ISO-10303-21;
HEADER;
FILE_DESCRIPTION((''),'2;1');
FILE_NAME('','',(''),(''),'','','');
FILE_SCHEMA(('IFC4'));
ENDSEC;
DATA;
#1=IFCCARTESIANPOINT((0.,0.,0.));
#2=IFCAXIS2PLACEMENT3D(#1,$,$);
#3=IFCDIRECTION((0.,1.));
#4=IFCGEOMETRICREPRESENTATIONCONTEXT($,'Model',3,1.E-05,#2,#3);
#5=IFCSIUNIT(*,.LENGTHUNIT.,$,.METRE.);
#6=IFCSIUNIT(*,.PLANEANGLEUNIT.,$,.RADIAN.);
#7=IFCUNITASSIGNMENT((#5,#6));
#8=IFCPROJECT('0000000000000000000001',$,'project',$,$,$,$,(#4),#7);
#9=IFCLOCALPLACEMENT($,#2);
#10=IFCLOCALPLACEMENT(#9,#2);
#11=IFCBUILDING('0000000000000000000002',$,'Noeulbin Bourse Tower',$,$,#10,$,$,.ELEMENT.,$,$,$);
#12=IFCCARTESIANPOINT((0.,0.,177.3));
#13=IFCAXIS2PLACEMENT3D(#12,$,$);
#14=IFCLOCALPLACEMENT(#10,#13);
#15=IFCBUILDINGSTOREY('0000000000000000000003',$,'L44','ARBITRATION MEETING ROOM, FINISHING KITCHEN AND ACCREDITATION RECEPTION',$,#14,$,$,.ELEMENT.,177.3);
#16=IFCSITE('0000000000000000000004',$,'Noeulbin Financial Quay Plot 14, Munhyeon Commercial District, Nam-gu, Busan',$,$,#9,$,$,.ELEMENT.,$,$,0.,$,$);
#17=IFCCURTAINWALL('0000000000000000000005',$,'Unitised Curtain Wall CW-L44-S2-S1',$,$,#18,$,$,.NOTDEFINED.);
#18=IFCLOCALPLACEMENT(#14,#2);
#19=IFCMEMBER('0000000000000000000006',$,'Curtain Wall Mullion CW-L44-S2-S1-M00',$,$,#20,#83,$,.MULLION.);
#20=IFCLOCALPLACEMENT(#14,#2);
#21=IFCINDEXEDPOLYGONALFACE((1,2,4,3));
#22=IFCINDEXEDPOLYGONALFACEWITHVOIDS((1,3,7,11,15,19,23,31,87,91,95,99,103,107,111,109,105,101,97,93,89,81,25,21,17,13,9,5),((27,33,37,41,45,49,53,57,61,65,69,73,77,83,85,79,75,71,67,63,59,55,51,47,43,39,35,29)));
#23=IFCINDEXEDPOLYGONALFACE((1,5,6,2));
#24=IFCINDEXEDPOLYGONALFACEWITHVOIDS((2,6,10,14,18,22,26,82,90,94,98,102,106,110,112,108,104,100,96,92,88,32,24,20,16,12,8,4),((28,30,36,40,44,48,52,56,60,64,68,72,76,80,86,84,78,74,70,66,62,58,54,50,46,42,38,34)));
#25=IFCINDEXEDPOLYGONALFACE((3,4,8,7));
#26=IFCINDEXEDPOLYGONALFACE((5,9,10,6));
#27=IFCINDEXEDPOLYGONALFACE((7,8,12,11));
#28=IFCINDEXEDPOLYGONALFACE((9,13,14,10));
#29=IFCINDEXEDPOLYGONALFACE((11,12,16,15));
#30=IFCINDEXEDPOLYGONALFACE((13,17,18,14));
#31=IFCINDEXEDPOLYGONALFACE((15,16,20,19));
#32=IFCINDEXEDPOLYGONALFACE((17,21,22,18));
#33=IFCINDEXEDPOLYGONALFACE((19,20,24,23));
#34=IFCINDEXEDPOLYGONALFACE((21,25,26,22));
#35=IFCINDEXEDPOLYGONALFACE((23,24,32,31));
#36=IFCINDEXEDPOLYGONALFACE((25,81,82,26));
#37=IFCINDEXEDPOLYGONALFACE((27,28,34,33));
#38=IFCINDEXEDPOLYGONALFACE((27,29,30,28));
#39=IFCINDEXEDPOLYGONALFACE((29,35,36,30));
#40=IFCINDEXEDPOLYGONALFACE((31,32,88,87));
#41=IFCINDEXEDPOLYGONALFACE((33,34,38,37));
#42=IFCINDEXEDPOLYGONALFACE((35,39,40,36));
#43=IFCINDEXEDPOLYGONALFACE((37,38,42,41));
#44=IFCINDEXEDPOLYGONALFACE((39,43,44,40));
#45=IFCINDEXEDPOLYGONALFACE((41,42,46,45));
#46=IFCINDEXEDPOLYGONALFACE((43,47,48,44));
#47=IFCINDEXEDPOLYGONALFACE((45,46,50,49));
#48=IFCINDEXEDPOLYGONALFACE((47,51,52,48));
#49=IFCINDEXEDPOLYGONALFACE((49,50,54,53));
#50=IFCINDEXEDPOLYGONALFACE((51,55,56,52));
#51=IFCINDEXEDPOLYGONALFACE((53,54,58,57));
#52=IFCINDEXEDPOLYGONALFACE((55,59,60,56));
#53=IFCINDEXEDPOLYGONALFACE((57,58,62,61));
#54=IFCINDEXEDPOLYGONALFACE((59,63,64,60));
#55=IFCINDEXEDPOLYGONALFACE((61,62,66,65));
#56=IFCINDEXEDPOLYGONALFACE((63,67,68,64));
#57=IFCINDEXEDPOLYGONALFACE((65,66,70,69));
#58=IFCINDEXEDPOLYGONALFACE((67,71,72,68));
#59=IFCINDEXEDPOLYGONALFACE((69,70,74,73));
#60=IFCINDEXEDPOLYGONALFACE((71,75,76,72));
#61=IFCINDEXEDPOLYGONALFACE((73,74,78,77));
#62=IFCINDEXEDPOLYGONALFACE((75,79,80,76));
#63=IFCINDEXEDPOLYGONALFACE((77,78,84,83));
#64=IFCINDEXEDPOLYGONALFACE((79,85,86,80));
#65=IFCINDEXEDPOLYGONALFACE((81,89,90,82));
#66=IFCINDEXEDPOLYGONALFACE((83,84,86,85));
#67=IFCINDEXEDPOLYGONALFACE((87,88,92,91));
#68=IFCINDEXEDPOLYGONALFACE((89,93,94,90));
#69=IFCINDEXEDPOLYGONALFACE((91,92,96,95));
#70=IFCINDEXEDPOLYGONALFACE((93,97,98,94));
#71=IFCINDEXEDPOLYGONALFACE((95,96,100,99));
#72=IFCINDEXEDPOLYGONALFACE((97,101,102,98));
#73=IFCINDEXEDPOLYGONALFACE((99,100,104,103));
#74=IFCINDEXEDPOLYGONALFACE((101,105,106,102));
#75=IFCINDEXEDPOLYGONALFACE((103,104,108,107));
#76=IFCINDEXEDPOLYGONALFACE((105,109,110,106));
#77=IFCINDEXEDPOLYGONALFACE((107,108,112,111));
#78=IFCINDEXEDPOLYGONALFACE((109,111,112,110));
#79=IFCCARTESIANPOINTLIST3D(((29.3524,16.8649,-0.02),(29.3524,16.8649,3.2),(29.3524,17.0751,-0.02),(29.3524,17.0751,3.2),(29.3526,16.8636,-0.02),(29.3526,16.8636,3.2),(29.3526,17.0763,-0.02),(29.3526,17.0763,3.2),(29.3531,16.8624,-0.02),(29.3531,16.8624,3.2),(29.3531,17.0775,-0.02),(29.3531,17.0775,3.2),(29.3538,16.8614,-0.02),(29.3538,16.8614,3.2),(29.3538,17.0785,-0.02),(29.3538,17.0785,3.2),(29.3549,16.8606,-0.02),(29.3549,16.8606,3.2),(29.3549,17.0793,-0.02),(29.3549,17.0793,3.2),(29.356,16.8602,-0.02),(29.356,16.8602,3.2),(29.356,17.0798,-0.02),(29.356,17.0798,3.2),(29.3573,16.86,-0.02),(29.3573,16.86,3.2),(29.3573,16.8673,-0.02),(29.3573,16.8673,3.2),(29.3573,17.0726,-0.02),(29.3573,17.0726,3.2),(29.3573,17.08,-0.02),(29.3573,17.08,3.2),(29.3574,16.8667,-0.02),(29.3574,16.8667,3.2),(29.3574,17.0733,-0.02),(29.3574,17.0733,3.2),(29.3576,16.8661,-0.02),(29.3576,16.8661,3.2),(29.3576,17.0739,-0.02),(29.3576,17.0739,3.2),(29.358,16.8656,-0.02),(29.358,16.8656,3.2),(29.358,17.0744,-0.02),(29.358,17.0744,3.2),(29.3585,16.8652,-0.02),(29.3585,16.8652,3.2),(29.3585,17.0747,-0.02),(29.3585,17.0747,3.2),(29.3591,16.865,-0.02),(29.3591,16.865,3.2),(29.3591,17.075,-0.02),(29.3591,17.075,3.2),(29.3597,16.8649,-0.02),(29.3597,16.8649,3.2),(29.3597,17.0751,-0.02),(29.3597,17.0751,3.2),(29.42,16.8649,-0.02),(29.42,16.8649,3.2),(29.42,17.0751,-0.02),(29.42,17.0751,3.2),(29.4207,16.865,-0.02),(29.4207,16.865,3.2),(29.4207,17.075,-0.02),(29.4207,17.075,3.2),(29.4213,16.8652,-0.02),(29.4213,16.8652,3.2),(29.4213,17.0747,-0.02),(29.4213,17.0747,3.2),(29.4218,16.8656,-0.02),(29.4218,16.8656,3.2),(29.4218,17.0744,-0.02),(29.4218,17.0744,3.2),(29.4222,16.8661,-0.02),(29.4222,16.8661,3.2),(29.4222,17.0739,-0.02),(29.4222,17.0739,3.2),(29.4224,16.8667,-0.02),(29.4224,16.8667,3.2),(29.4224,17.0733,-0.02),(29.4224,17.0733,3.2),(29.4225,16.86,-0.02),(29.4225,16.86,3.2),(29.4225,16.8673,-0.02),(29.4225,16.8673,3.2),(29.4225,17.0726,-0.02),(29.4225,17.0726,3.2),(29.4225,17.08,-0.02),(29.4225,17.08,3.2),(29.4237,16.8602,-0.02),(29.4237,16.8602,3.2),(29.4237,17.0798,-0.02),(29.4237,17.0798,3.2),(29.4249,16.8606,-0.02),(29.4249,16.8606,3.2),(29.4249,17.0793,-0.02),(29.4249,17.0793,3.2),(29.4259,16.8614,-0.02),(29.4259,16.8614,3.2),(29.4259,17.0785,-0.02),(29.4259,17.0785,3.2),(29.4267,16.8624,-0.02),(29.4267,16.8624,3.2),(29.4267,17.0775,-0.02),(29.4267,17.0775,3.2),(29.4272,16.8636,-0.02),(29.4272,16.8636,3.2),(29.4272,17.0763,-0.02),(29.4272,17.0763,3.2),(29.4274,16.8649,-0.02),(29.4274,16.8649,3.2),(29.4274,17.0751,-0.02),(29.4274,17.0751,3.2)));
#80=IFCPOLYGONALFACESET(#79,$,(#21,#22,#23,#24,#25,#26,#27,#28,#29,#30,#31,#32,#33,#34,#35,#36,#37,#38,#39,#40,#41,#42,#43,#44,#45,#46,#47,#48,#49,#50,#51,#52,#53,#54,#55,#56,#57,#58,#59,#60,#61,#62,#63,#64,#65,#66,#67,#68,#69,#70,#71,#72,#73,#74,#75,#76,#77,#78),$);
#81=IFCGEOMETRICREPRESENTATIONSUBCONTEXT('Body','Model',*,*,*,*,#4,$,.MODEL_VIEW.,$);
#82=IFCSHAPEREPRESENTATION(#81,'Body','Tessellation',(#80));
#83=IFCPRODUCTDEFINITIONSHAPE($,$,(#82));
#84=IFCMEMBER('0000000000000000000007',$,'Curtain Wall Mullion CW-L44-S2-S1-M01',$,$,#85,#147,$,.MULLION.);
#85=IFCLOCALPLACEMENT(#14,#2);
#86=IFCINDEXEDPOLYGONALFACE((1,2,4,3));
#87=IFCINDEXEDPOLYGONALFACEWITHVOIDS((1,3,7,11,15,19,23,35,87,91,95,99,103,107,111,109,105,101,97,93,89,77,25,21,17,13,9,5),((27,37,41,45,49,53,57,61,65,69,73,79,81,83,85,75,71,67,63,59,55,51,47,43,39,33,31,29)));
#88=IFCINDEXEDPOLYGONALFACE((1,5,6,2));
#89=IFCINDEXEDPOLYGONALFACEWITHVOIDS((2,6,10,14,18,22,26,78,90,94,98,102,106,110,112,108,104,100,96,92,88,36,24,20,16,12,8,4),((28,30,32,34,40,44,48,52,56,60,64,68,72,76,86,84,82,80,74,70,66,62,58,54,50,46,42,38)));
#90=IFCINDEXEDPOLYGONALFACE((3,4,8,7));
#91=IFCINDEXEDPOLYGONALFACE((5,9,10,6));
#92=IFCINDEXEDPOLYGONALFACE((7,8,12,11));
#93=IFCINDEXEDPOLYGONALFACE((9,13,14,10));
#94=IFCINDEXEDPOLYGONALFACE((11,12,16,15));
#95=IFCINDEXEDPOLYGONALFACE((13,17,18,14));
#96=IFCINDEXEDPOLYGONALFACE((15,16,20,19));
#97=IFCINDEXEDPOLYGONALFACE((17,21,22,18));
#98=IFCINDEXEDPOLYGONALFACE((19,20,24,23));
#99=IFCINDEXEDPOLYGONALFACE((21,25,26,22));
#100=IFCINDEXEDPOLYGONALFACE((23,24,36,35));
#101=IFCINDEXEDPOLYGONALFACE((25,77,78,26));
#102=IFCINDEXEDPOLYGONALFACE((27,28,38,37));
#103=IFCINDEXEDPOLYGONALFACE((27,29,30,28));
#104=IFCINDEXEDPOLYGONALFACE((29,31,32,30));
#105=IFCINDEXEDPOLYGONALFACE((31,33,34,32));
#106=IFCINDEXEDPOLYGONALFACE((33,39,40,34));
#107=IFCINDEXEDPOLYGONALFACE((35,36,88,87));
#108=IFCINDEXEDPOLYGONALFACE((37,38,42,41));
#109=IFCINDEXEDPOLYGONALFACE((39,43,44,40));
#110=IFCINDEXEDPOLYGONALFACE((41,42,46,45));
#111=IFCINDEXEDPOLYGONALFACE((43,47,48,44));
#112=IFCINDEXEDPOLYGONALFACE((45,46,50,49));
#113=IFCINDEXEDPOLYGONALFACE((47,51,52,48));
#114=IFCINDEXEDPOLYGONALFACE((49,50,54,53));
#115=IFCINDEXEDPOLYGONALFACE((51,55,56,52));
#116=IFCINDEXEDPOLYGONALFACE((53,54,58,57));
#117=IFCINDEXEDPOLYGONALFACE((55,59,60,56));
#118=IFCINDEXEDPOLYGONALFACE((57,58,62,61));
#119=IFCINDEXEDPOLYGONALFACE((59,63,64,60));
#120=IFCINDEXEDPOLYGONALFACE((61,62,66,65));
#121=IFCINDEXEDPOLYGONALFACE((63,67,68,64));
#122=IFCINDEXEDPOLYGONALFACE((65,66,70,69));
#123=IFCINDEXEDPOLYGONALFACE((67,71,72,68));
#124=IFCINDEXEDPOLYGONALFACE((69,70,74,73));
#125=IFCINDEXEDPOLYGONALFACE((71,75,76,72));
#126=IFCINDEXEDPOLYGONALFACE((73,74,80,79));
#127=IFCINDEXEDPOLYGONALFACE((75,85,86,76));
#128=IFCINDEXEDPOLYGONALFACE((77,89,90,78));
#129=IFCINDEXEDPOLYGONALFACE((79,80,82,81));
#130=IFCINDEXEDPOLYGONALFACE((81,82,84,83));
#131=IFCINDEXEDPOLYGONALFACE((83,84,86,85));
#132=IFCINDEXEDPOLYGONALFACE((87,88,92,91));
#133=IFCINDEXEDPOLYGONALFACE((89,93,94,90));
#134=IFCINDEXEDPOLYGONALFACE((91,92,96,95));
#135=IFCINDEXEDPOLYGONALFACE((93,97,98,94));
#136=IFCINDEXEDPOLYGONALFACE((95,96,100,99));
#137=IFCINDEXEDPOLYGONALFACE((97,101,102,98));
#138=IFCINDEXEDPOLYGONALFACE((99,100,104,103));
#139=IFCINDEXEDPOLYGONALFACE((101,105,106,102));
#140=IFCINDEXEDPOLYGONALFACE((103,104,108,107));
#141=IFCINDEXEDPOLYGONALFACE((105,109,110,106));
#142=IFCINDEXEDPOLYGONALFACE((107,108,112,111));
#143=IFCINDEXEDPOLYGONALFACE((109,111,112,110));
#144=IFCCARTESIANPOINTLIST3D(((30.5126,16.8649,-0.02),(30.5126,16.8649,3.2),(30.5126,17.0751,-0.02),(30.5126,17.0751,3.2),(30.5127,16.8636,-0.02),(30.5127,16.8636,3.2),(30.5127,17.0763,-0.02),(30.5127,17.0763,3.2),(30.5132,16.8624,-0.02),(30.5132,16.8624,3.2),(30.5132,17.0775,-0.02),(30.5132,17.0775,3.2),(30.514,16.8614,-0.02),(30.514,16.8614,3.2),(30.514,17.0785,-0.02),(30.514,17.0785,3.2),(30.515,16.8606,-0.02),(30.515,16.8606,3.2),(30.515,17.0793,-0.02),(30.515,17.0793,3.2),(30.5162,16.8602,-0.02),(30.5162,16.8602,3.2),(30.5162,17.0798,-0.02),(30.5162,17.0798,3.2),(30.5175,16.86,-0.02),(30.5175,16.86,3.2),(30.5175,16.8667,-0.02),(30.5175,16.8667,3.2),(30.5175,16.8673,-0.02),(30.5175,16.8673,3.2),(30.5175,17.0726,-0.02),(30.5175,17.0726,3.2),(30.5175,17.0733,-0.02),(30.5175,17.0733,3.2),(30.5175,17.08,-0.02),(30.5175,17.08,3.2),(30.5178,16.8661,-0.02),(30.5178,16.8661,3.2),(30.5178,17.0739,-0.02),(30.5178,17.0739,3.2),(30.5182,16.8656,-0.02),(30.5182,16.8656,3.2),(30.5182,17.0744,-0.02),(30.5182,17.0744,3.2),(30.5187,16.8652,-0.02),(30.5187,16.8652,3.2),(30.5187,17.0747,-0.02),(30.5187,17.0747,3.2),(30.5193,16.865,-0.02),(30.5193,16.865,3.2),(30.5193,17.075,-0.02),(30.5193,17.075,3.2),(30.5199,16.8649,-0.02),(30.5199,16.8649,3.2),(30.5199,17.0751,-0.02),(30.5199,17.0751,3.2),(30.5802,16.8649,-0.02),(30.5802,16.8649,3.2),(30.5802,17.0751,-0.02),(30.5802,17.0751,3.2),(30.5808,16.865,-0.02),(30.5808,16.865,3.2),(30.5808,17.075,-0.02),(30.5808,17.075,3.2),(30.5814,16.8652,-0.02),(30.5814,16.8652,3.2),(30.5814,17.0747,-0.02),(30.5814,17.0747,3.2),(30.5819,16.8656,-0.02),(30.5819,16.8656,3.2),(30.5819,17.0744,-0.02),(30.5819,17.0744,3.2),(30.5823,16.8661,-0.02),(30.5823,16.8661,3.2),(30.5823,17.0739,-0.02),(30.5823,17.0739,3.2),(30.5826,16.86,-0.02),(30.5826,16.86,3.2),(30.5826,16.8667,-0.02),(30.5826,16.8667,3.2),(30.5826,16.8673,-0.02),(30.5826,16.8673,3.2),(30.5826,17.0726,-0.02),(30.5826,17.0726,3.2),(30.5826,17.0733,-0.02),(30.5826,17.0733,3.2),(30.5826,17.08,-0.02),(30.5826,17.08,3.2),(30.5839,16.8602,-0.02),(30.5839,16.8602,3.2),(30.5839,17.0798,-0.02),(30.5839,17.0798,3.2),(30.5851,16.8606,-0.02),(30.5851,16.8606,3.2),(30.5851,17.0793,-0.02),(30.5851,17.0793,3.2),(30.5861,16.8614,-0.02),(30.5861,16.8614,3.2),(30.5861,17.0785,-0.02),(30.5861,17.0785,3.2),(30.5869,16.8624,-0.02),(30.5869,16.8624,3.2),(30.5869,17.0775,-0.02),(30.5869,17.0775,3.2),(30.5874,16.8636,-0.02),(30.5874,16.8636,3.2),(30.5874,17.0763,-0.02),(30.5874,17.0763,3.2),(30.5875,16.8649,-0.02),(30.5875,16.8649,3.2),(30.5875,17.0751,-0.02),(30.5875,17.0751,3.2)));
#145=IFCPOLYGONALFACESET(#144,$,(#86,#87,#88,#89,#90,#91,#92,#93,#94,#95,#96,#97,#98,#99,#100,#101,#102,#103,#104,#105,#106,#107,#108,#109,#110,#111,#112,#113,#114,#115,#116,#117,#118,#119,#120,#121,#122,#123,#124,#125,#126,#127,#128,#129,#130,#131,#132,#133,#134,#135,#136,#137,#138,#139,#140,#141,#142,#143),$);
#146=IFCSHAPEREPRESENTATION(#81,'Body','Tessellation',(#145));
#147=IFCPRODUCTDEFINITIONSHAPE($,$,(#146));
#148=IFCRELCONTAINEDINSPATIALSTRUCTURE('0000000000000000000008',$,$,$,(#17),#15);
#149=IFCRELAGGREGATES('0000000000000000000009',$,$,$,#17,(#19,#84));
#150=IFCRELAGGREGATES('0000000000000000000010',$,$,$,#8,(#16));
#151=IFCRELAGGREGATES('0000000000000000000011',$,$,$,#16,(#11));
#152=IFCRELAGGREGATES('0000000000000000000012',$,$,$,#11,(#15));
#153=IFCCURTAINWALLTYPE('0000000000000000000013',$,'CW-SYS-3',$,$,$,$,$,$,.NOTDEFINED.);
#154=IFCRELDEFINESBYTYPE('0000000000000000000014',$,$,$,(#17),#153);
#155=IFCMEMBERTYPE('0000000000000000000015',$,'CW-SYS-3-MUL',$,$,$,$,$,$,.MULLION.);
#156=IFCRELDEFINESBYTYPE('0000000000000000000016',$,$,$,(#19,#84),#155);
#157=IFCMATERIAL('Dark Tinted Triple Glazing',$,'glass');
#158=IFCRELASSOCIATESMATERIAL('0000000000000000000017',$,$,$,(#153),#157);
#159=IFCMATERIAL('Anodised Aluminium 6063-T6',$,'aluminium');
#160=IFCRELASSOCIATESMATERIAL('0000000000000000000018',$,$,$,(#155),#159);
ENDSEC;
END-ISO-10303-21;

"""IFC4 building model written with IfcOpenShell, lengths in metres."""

from ifc_helpers import new_model, si_unit, direction, frame, origin, origin_2d, place, context, subcontext, project, spatial, hollow_rectangle, extrude, material, material_profile, profile_set, type_object, element, aggregate, save


model = new_model("IFC4")

# Units and contexts
model_context = context("Model", 3, precision=1e-05, world=origin(), true_north=direction((0.0, 1.0)))
body_context = subcontext(model_context, "Body", "Model", "MODEL_VIEW")
ifc_project = project(units=[si_unit("LENGTHUNIT", "METRE"), si_unit("PLANEANGLEUNIT", "RADIAN")], contexts=[model_context])

# Site, building, storey
site_placement = place(None, origin())
site = spatial("IfcSite", under=ifc_project, at=site_placement, Name="Noeulbin Financial Quay Plot 14, Munhyeon Commercial District, Nam-gu, Busan", CompositionType="ELEMENT", RefElevation=0.0)
building_placement = place(site_placement, origin())
building = spatial("IfcBuilding", under=site, at=building_placement, Name="Noeulbin Bourse Tower", CompositionType="ELEMENT")
storey_placement = place(building_placement, frame((0.0, 0.0, 177.3)))
storey = spatial("IfcBuildingStorey", under=building, at=storey_placement, Name="L44", Description="ARBITRATION MEETING ROOM, FINISHING KITCHEN AND ACCREDITATION RECEPTION", CompositionType="ELEMENT", Elevation=177.3)

# Shared definitions
ifc_material_1 = material(Name="Dark Tinted Triple Glazing", Category="glass")
curtain_wall_type = type_object("IfcCurtainWallType", Name="CW-SYS-3", PredefinedType="NOTDEFINED", material=ifc_material_1)
ifc_material_2 = material(Name="Anodised Aluminium 6063-T6", Category="aluminium")
ifc_material_profile_1 = material_profile(ifc_material_2, hollow_rectangle(XDim=0.075, YDim=0.22, WallThickness=0.0049, InnerFilletRadius=0.0024, OuterFilletRadius=0.0049, at=origin_2d()), Name="ALU-MULL-75x220x5", Category="LoadBearing")
ifc_profile_set_1 = profile_set([ifc_material_profile_1], Name="Anodised Aluminium 6063-T6")
member_type_1 = type_object("IfcMemberType", Name="CW-SYS-3-MUL", PredefinedType="MULLION", material=ifc_profile_set_1)

# Curtain wall, members
curtain_wall_1_placement = place(storey_placement, origin())
curtain_wall_1 = element("IfcCurtainWall", 1, at=curtain_wall_1_placement, inside=storey, type_object=curtain_wall_type, Name="Unitised Curtain Wall CW-L44-S2-S1", PredefinedType="NOTDEFINED")
member_1_placement = place(storey_placement, frame((29.3899, 16.97, -0.02), z_axis=(0.0, 0.0, 1.0), x_axis=(1.0, 0.0, 0.0)))
member_1 = element("IfcMember", 2, at=member_1_placement, type_object=member_type_1, Name="Curtain Wall Mullion CW-L44-S2-S1-M00", PredefinedType="MULLION", context=body_context, shape_type="SweptSolid", body=[
    extrude(hollow_rectangle(XDim=0.075, YDim=0.22, WallThickness=0.0049, InnerFilletRadius=0.0024, OuterFilletRadius=0.0049, at=origin_2d()), origin(), (0.0, 0.0, 1.0), 3.22),
])
member_2_placement = place(storey_placement, frame((30.55, 16.97, -0.02), z_axis=(0.0, 0.0, 1.0), x_axis=(1.0, 0.0, 0.0)))
member_2 = element("IfcMember", 3, at=member_2_placement, type_object=member_type_1, Name="Curtain Wall Mullion CW-L44-S2-S1-M01", PredefinedType="MULLION", context=body_context, shape_type="SweptSolid", body=[
    extrude(hollow_rectangle(XDim=0.075, YDim=0.22, WallThickness=0.0049, InnerFilletRadius=0.0024, OuterFilletRadius=0.0049, at=origin_2d()), origin(), (0.0, 0.0, 1.0), 3.22),
])

aggregate(curtain_wall_1, [member_1, member_2])

save(model, "model.ifc")
